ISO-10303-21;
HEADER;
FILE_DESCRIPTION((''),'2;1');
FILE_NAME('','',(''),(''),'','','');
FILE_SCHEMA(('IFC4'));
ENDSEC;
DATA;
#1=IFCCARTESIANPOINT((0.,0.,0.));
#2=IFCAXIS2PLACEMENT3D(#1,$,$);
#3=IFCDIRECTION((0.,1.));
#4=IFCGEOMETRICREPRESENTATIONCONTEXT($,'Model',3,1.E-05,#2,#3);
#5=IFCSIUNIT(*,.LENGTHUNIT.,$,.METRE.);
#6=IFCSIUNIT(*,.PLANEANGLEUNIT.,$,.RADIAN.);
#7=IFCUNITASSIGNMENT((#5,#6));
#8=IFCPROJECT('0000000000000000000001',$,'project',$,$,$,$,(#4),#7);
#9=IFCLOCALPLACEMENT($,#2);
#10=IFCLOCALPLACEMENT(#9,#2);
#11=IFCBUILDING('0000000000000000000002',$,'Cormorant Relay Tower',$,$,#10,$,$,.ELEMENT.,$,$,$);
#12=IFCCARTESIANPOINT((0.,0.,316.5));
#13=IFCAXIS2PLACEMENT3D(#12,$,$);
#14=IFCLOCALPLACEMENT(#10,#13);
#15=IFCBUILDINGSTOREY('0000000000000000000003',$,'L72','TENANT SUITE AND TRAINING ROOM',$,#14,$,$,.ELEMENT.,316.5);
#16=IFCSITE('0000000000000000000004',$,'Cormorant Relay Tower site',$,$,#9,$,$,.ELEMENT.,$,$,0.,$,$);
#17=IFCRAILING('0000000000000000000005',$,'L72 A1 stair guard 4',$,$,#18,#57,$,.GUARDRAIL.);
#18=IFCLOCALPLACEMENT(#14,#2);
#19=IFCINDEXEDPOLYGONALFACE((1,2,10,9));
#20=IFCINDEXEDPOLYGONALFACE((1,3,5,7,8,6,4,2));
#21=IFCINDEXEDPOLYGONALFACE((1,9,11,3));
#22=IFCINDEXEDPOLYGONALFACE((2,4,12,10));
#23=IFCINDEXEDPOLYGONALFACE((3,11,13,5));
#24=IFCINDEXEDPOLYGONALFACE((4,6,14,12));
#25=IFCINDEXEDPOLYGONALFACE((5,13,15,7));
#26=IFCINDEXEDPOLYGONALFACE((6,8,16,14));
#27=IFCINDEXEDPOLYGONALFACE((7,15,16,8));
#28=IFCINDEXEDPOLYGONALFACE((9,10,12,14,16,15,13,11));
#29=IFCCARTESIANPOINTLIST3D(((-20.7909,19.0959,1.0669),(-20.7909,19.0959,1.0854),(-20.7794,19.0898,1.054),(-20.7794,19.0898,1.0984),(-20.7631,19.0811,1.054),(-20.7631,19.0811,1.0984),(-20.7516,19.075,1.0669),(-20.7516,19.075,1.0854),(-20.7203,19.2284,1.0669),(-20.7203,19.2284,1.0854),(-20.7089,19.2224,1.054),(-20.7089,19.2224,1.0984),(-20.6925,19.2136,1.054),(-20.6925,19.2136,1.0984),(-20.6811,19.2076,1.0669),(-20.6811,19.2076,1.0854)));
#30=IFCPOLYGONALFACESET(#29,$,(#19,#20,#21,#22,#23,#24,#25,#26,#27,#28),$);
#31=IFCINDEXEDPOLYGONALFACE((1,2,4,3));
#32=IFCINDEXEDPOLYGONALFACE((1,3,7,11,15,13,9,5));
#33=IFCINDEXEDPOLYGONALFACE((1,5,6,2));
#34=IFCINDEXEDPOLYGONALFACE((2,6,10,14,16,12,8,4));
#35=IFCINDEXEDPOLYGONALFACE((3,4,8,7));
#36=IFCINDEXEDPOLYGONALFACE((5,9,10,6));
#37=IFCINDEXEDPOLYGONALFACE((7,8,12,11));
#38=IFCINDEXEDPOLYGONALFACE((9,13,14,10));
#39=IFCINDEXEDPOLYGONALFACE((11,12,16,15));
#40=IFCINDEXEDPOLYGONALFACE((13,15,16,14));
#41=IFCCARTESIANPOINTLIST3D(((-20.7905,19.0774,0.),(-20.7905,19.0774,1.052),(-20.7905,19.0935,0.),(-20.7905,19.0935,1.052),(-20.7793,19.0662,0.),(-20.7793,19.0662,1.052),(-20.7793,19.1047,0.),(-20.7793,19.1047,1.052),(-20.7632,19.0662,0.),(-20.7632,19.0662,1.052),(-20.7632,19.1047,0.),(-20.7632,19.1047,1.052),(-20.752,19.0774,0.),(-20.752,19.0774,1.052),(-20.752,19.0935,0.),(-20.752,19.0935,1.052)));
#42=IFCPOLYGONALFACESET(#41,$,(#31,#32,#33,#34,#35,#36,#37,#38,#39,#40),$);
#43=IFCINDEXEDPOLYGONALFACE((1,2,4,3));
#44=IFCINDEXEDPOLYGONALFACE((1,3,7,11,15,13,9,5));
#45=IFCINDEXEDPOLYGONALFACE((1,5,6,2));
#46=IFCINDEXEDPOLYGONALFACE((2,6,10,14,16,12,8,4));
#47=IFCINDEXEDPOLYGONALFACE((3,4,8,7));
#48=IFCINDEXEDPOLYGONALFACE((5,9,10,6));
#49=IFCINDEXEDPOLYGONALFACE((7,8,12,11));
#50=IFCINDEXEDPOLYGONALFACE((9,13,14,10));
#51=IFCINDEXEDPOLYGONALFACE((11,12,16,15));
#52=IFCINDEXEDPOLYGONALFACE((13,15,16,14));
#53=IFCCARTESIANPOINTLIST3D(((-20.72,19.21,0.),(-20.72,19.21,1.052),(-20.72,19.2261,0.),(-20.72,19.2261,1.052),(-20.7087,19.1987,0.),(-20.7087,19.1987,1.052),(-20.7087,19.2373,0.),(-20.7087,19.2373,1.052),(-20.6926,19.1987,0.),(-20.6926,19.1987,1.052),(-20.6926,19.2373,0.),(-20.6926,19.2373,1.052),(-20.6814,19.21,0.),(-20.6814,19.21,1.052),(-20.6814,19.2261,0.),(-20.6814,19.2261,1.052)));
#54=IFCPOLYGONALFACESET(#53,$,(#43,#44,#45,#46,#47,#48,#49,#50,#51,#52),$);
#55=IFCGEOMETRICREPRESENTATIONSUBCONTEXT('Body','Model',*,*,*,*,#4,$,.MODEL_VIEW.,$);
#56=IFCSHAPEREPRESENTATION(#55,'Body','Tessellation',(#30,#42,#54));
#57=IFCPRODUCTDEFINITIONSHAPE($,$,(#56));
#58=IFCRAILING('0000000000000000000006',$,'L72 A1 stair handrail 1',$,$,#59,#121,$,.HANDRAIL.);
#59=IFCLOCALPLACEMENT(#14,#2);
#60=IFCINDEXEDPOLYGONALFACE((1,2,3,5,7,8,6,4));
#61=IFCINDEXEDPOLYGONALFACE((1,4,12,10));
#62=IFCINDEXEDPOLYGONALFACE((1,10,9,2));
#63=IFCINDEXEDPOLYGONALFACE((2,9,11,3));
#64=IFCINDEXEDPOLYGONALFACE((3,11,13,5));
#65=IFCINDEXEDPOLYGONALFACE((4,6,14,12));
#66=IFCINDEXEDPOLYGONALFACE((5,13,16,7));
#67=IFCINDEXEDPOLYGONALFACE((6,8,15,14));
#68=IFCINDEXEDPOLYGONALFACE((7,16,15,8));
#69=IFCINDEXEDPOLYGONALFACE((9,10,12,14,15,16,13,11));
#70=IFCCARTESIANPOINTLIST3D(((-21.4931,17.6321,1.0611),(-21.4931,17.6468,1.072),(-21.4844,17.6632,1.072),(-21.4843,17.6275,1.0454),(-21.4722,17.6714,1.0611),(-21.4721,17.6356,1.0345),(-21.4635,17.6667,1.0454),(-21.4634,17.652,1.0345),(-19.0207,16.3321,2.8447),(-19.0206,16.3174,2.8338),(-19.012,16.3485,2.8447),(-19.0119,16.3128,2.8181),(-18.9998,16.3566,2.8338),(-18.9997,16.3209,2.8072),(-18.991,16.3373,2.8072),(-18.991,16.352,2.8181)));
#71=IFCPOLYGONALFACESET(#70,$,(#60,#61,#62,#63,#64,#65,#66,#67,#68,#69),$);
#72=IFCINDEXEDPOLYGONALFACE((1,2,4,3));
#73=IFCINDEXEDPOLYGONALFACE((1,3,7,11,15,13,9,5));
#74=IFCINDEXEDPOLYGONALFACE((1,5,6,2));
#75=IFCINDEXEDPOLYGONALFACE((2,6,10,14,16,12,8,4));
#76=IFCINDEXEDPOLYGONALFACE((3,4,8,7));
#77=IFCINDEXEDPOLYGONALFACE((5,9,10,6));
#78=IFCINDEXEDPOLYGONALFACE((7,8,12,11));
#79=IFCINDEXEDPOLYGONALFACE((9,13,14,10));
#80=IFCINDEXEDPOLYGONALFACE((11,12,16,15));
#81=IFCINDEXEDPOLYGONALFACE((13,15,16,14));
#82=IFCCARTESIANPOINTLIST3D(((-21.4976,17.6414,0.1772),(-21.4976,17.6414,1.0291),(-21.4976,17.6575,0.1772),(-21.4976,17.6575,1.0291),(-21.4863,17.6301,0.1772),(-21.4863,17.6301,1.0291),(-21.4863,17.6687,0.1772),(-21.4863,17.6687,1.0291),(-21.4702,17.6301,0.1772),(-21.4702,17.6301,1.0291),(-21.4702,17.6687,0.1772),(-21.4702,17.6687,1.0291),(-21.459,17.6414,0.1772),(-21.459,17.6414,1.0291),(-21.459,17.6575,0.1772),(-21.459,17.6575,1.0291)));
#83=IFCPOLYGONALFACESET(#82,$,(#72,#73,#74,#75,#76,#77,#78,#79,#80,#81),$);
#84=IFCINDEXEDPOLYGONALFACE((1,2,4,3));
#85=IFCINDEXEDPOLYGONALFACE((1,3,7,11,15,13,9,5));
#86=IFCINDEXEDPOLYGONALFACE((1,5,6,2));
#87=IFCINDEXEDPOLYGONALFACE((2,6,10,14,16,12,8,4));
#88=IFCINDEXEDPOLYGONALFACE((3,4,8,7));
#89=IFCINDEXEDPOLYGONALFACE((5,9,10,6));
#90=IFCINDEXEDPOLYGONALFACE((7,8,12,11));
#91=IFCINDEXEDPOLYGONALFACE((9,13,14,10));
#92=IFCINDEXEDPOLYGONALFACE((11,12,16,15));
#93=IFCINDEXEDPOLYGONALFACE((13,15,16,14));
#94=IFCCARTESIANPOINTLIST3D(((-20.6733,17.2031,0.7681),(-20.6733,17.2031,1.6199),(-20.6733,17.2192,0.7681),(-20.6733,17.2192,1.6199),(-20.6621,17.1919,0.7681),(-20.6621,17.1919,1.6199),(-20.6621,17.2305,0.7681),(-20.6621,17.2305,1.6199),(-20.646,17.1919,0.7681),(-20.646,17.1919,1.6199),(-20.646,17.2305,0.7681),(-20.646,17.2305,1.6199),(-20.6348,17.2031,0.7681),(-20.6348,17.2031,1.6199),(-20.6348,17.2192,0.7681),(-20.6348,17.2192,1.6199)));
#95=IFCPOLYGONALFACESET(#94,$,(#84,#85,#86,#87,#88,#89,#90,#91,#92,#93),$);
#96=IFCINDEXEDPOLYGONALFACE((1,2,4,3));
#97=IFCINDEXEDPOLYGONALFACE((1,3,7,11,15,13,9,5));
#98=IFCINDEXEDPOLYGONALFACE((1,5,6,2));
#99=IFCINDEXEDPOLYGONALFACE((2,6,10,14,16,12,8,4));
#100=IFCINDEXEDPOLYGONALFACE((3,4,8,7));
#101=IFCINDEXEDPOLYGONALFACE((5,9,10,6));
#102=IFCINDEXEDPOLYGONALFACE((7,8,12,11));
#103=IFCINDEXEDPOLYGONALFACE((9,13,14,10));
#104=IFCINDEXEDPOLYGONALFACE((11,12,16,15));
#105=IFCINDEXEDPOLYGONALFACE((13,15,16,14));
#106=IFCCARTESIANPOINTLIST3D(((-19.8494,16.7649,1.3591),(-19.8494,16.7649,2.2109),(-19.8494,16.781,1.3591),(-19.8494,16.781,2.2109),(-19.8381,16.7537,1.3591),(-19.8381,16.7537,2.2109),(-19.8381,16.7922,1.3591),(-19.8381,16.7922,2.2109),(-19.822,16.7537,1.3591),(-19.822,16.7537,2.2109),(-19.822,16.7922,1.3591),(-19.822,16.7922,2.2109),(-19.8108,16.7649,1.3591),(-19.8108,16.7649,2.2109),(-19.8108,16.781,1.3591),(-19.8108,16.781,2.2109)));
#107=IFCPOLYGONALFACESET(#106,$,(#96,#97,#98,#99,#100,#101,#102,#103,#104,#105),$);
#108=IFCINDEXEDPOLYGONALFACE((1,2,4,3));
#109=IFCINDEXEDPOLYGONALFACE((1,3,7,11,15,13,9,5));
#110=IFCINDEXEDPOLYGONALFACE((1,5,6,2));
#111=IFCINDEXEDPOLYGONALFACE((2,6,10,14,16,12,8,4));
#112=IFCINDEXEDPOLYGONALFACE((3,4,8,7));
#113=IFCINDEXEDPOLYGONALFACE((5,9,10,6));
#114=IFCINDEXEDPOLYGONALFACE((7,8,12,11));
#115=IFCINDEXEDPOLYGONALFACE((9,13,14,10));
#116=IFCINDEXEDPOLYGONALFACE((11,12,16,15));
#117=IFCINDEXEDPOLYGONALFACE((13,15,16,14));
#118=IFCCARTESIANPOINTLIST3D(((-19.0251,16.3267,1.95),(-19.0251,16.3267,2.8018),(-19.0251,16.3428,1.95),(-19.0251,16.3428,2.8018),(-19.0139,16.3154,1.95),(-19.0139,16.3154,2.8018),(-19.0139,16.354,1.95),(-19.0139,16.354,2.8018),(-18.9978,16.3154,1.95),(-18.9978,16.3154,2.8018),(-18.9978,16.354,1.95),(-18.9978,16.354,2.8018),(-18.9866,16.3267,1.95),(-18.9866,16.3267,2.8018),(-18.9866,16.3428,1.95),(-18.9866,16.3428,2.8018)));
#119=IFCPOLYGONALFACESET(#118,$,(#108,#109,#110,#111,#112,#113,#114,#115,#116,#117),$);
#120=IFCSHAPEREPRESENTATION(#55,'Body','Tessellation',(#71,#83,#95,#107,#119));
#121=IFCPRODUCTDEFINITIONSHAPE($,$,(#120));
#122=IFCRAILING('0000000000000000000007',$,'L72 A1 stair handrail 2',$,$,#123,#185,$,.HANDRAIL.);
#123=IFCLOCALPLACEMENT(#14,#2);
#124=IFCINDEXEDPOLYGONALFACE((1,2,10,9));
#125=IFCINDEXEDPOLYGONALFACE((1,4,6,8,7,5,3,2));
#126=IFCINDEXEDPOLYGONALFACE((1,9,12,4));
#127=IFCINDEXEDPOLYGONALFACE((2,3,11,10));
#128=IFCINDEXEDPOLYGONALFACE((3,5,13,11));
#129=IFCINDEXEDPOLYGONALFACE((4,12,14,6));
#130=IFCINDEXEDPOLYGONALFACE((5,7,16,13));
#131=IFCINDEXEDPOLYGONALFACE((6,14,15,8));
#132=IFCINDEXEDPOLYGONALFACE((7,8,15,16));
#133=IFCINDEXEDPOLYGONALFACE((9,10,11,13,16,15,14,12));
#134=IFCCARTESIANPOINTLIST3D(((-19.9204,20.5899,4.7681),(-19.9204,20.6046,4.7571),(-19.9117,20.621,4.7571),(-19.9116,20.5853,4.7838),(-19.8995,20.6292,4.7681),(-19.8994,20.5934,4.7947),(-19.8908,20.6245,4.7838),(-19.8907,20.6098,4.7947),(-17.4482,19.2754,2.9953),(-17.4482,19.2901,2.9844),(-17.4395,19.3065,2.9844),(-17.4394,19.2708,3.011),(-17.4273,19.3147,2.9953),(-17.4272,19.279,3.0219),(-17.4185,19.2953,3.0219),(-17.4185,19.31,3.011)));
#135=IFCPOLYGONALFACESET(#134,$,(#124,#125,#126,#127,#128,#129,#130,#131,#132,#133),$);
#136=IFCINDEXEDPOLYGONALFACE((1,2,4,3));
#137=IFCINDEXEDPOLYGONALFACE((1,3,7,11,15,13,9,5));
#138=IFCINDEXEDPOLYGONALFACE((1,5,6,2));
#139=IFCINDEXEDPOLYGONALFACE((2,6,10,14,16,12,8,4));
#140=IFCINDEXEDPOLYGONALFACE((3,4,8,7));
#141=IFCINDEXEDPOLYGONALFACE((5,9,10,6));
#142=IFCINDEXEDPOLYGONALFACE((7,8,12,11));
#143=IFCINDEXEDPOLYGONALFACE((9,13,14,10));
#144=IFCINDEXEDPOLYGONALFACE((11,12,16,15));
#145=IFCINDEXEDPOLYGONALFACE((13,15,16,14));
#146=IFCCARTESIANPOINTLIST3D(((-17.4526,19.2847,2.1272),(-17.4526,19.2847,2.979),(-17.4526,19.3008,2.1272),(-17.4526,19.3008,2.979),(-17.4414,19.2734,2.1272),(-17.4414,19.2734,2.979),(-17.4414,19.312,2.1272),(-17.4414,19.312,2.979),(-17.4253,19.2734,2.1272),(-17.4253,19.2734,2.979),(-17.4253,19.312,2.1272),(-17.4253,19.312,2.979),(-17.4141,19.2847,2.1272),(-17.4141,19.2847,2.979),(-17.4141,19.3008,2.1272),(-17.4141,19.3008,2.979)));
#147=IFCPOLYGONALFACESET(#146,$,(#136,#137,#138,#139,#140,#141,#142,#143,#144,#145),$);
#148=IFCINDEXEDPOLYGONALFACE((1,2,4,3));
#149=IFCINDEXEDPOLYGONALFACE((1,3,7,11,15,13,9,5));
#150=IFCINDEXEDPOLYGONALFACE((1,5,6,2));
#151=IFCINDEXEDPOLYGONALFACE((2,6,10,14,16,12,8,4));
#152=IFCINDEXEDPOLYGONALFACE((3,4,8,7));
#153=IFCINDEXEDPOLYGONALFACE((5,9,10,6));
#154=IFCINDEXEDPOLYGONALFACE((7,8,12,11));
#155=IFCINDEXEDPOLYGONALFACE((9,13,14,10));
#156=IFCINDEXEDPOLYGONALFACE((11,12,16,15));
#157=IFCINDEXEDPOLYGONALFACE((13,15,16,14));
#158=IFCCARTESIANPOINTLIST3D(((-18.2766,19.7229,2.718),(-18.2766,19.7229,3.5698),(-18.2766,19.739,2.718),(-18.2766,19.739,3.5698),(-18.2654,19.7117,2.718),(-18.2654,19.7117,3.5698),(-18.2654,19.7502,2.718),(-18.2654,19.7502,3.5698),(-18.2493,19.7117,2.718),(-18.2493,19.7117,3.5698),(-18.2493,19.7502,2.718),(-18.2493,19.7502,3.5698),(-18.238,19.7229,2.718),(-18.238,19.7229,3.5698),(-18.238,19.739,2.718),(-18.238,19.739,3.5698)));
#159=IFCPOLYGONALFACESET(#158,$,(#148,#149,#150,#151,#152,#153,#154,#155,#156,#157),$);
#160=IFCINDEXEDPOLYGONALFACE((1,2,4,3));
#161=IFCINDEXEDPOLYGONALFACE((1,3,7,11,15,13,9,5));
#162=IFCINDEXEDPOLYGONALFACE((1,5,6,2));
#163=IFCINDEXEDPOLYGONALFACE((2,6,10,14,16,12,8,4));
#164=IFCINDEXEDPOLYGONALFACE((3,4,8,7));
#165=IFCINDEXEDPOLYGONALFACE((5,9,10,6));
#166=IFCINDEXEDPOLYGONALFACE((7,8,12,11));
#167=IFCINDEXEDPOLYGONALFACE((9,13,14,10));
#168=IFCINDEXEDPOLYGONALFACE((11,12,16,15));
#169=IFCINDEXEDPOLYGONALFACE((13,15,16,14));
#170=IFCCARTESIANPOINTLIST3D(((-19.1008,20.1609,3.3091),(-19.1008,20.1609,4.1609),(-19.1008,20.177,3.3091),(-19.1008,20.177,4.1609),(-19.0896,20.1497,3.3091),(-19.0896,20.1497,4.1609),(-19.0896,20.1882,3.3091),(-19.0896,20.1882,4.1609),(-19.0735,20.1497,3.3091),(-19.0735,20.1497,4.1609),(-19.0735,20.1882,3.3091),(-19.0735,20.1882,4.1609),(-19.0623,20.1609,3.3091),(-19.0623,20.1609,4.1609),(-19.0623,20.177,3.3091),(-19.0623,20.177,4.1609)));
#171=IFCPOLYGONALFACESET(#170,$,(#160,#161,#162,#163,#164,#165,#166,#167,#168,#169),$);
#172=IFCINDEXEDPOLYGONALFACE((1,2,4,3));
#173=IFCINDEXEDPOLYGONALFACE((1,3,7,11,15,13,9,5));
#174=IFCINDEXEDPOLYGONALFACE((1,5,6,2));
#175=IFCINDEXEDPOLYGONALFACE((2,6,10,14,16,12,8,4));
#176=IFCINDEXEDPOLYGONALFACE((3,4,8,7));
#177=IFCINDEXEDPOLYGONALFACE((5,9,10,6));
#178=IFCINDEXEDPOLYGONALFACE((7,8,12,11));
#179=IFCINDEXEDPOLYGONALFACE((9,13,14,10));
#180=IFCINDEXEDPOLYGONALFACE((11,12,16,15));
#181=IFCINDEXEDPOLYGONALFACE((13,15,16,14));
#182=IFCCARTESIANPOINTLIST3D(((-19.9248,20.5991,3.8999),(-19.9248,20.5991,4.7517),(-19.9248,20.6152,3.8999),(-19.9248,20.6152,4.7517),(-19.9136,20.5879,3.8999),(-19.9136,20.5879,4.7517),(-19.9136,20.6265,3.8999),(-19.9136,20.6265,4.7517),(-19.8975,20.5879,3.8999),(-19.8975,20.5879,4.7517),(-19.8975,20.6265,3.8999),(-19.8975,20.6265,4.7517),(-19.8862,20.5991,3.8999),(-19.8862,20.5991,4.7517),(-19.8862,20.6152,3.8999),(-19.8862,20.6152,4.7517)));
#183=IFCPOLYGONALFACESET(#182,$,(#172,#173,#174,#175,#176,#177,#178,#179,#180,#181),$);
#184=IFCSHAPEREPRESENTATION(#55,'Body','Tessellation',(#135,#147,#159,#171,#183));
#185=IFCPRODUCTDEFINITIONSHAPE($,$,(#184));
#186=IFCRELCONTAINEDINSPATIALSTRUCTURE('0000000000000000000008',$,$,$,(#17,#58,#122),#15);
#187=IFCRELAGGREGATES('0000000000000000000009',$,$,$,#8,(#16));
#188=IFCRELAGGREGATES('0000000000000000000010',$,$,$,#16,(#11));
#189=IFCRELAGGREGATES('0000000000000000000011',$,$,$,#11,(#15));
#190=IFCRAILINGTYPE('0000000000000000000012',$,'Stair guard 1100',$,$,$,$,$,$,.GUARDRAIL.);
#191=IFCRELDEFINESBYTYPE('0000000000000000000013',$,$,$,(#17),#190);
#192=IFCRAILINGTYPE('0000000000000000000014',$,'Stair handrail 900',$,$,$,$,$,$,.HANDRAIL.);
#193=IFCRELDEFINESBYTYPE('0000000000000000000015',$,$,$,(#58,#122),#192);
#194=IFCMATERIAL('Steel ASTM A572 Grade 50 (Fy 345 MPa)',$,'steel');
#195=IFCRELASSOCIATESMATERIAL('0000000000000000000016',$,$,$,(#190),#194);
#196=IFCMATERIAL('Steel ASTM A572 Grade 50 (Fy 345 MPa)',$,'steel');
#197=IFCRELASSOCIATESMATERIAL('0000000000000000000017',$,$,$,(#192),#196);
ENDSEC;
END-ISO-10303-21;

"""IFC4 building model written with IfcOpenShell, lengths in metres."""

from ifc_helpers import new_model, si_unit, direction, frame, origin, place, context, subcontext, project, spatial, polyline, outline, extrude, material, type_object, element, save


model = new_model("IFC4")

# Units and contexts
model_context = context("Model", 3, precision=1e-05, world=origin(), true_north=direction((0.0, 1.0)))
body_context = subcontext(model_context, "Body", "Model", "MODEL_VIEW")
ifc_project = project(units=[si_unit("LENGTHUNIT", "METRE"), si_unit("PLANEANGLEUNIT", "RADIAN")], contexts=[model_context])

# Site, building, storey
site_placement = place(None, origin())
site = spatial("IfcSite", under=ifc_project, at=site_placement, Name="Cormorant Relay Tower site", CompositionType="ELEMENT", RefElevation=0.0)
building_placement = place(site_placement, origin())
building = spatial("IfcBuilding", under=site, at=building_placement, Name="Cormorant Relay Tower", CompositionType="ELEMENT")
storey_placement = place(building_placement, frame((0.0, 0.0, 316.5)))
storey = spatial("IfcBuildingStorey", under=building, at=storey_placement, Name="L72", Description="TENANT SUITE AND TRAINING ROOM", CompositionType="ELEMENT", Elevation=316.5)

# Railings
ifc_material_1 = material(Name="Steel ASTM A572 Grade 50 (Fy 345 MPa)", Category="steel")
railing_type_1 = type_object("IfcRailingType", Name="Stair guard 1100", PredefinedType="GUARDRAIL", material=ifc_material_1)
railing_1_placement = place(storey_placement, frame((-20.7712, 19.0854, 0.0)))
element("IfcRailing", 1, at=railing_1_placement, inside=storey, type_object=railing_type_1, Name="L72 A1 stair guard 4", PredefinedType="GUARDRAIL", context=body_context, shape_type="SweptSolid", body=[
    extrude(outline(polyline([(0.0222, 0.0093), (0.0093, 0.0222), (-0.0093, 0.0222), (-0.0222, 0.0093), (-0.0222, -0.0093), (-0.0093, -0.0222), (0.0093, -0.0222), (0.0222, -0.0093), (0.0222, 0.0093)])), frame((0.0, 0.0, 1.0762), z_axis=(0.469829, 0.882758, 0.0), x_axis=(-0.882758, 0.469829, 0.0)), (0.0, 0.0, 1.0), 0.1501),
    extrude(outline(polyline([(0.0193, 0.0081), (0.0081, 0.0193), (-0.0081, 0.0193), (-0.0193, 0.0081), (-0.0193, -0.0081), (-0.0081, -0.0193), (0.0081, -0.0193), (0.0193, -0.0081), (0.0193, 0.0081)])), origin(), (0.0, 0.0, 1.0), 1.052),
    extrude(outline(polyline([(0.0193, 0.0081), (0.0081, 0.0193), (-0.0081, 0.0193), (-0.0193, 0.0081), (-0.0193, -0.0081), (-0.0081, -0.0193), (0.0081, -0.0193), (0.0193, -0.0081), (0.0193, 0.0081)])), frame((0.0706, 0.1326, 0.0)), (0.0, 0.0, 1.0), 1.052),
])
ifc_material_2 = material(Name="Steel ASTM A572 Grade 50 (Fy 345 MPa)", Category="steel")
railing_type_2 = type_object("IfcRailingType", Name="Stair handrail 900", PredefinedType="HANDRAIL", material=ifc_material_2)
railing_2_placement = place(storey_placement, frame((-21.4783, 17.6494, 0.1772)))
element("IfcRailing", 2, at=railing_2_placement, inside=storey, type_object=railing_type_2, Name="L72 A1 stair handrail 1", PredefinedType="HANDRAIL", context=body_context, shape_type="SweptSolid", body=[
    extrude(outline(polyline([(0.0222, 0.0093), (0.0093, 0.0222), (-0.0093, 0.0222), (-0.0222, 0.0093), (-0.0222, -0.0093), (-0.0093, -0.0222), (0.0093, -0.0222), (0.0222, -0.0093), (0.0222, 0.0093)])), frame((0.0, 0.0, 0.876), z_axis=(0.746012, -0.39669, 0.534886), x_axis=(0.469497, 0.882934, 0.0)), (0.0, 0.0, 1.0), 3.3142),
    extrude(outline(polyline([(0.0193, 0.0081), (0.0081, 0.0193), (-0.0081, 0.0193), (-0.0193, 0.0081), (-0.0193, -0.0081), (-0.0081, -0.0193), (0.0081, -0.0193), (0.0193, -0.0081), (0.0193, 0.0081)])), origin(), (0.0, 0.0, 1.0), 0.8518),
    extrude(outline(polyline([(0.0193, 0.0081), (0.0081, 0.0193), (-0.0081, 0.0193), (-0.0193, 0.0081), (-0.0193, -0.0081), (-0.0081, -0.0193), (0.0081, -0.0193), (0.0193, -0.0081), (0.0193, 0.0081)])), frame((0.8242, -0.4382, 0.5908)), (0.0, 0.0, 1.0), 0.8518),
    extrude(outline(polyline([(0.0193, 0.0081), (0.0081, 0.0193), (-0.0081, 0.0193), (-0.0193, 0.0081), (-0.0193, -0.0081), (-0.0081, -0.0193), (0.0081, -0.0193), (0.0193, -0.0081), (0.0193, 0.0081)])), frame((1.6482, -0.8765, 1.1819)), (0.0, 0.0, 1.0), 0.8518),
    extrude(outline(polyline([(0.0193, 0.0081), (0.0081, 0.0193), (-0.0081, 0.0193), (-0.0193, 0.0081), (-0.0193, -0.0081), (-0.0081, -0.0193), (0.0081, -0.0193), (0.0193, -0.0081), (0.0193, 0.0081)])), frame((2.4724, -1.3147, 1.7727)), (0.0, 0.0, 1.0), 0.8518),
])
railing_3_placement = place(storey_placement, frame((-17.4333, 19.2927, 2.1272)))
element("IfcRailing", 3, at=railing_3_placement, inside=storey, type_object=railing_type_2, Name="L72 A1 stair handrail 2", PredefinedType="HANDRAIL", context=body_context, shape_type="SweptSolid", body=[
    extrude(outline(polyline([(0.0222, 0.0093), (0.0093, 0.0222), (-0.0093, 0.0222), (-0.0222, 0.0093), (-0.0222, -0.0093), (-0.0093, -0.0222), (0.0093, -0.0222), (0.0222, -0.0093), (0.0222, 0.0093)])), frame((0.0, 0.0, 0.876), z_axis=(-0.746001, 0.396649, 0.534931), x_axis=(-0.469465, -0.882951, 0.0)), (0.0, 0.0, 1.0), 3.314),
    extrude(outline(polyline([(0.0193, 0.0081), (0.0081, 0.0193), (-0.0081, 0.0193), (-0.0193, 0.0081), (-0.0193, -0.0081), (-0.0081, -0.0193), (0.0081, -0.0193), (0.0193, -0.0081), (0.0193, 0.0081)])), origin(), (0.0, 0.0, 1.0), 0.8518),
    extrude(outline(polyline([(0.0193, 0.0081), (0.0081, 0.0193), (-0.0081, 0.0193), (-0.0193, 0.0081), (-0.0193, -0.0081), (-0.0081, -0.0193), (0.0081, -0.0193), (0.0193, -0.0081), (0.0193, 0.0081)])), frame((-0.824, 0.4382, 0.5908)), (0.0, 0.0, 1.0), 0.8518),
    extrude(outline(polyline([(0.0193, 0.0081), (0.0081, 0.0193), (-0.0081, 0.0193), (-0.0193, 0.0081), (-0.0193, -0.0081), (-0.0081, -0.0193), (0.0081, -0.0193), (0.0193, -0.0081), (0.0193, 0.0081)])), frame((-1.6482, 0.8762, 1.1819)), (0.0, 0.0, 1.0), 0.8518),
    extrude(outline(polyline([(0.0193, 0.0081), (0.0081, 0.0193), (-0.0081, 0.0193), (-0.0193, 0.0081), (-0.0193, -0.0081), (-0.0081, -0.0193), (0.0081, -0.0193), (0.0193, -0.0081), (0.0193, 0.0081)])), frame((-2.4722, 1.3145, 1.7727)), (0.0, 0.0, 1.0), 0.8518),
])

save(model, "model.ifc")
